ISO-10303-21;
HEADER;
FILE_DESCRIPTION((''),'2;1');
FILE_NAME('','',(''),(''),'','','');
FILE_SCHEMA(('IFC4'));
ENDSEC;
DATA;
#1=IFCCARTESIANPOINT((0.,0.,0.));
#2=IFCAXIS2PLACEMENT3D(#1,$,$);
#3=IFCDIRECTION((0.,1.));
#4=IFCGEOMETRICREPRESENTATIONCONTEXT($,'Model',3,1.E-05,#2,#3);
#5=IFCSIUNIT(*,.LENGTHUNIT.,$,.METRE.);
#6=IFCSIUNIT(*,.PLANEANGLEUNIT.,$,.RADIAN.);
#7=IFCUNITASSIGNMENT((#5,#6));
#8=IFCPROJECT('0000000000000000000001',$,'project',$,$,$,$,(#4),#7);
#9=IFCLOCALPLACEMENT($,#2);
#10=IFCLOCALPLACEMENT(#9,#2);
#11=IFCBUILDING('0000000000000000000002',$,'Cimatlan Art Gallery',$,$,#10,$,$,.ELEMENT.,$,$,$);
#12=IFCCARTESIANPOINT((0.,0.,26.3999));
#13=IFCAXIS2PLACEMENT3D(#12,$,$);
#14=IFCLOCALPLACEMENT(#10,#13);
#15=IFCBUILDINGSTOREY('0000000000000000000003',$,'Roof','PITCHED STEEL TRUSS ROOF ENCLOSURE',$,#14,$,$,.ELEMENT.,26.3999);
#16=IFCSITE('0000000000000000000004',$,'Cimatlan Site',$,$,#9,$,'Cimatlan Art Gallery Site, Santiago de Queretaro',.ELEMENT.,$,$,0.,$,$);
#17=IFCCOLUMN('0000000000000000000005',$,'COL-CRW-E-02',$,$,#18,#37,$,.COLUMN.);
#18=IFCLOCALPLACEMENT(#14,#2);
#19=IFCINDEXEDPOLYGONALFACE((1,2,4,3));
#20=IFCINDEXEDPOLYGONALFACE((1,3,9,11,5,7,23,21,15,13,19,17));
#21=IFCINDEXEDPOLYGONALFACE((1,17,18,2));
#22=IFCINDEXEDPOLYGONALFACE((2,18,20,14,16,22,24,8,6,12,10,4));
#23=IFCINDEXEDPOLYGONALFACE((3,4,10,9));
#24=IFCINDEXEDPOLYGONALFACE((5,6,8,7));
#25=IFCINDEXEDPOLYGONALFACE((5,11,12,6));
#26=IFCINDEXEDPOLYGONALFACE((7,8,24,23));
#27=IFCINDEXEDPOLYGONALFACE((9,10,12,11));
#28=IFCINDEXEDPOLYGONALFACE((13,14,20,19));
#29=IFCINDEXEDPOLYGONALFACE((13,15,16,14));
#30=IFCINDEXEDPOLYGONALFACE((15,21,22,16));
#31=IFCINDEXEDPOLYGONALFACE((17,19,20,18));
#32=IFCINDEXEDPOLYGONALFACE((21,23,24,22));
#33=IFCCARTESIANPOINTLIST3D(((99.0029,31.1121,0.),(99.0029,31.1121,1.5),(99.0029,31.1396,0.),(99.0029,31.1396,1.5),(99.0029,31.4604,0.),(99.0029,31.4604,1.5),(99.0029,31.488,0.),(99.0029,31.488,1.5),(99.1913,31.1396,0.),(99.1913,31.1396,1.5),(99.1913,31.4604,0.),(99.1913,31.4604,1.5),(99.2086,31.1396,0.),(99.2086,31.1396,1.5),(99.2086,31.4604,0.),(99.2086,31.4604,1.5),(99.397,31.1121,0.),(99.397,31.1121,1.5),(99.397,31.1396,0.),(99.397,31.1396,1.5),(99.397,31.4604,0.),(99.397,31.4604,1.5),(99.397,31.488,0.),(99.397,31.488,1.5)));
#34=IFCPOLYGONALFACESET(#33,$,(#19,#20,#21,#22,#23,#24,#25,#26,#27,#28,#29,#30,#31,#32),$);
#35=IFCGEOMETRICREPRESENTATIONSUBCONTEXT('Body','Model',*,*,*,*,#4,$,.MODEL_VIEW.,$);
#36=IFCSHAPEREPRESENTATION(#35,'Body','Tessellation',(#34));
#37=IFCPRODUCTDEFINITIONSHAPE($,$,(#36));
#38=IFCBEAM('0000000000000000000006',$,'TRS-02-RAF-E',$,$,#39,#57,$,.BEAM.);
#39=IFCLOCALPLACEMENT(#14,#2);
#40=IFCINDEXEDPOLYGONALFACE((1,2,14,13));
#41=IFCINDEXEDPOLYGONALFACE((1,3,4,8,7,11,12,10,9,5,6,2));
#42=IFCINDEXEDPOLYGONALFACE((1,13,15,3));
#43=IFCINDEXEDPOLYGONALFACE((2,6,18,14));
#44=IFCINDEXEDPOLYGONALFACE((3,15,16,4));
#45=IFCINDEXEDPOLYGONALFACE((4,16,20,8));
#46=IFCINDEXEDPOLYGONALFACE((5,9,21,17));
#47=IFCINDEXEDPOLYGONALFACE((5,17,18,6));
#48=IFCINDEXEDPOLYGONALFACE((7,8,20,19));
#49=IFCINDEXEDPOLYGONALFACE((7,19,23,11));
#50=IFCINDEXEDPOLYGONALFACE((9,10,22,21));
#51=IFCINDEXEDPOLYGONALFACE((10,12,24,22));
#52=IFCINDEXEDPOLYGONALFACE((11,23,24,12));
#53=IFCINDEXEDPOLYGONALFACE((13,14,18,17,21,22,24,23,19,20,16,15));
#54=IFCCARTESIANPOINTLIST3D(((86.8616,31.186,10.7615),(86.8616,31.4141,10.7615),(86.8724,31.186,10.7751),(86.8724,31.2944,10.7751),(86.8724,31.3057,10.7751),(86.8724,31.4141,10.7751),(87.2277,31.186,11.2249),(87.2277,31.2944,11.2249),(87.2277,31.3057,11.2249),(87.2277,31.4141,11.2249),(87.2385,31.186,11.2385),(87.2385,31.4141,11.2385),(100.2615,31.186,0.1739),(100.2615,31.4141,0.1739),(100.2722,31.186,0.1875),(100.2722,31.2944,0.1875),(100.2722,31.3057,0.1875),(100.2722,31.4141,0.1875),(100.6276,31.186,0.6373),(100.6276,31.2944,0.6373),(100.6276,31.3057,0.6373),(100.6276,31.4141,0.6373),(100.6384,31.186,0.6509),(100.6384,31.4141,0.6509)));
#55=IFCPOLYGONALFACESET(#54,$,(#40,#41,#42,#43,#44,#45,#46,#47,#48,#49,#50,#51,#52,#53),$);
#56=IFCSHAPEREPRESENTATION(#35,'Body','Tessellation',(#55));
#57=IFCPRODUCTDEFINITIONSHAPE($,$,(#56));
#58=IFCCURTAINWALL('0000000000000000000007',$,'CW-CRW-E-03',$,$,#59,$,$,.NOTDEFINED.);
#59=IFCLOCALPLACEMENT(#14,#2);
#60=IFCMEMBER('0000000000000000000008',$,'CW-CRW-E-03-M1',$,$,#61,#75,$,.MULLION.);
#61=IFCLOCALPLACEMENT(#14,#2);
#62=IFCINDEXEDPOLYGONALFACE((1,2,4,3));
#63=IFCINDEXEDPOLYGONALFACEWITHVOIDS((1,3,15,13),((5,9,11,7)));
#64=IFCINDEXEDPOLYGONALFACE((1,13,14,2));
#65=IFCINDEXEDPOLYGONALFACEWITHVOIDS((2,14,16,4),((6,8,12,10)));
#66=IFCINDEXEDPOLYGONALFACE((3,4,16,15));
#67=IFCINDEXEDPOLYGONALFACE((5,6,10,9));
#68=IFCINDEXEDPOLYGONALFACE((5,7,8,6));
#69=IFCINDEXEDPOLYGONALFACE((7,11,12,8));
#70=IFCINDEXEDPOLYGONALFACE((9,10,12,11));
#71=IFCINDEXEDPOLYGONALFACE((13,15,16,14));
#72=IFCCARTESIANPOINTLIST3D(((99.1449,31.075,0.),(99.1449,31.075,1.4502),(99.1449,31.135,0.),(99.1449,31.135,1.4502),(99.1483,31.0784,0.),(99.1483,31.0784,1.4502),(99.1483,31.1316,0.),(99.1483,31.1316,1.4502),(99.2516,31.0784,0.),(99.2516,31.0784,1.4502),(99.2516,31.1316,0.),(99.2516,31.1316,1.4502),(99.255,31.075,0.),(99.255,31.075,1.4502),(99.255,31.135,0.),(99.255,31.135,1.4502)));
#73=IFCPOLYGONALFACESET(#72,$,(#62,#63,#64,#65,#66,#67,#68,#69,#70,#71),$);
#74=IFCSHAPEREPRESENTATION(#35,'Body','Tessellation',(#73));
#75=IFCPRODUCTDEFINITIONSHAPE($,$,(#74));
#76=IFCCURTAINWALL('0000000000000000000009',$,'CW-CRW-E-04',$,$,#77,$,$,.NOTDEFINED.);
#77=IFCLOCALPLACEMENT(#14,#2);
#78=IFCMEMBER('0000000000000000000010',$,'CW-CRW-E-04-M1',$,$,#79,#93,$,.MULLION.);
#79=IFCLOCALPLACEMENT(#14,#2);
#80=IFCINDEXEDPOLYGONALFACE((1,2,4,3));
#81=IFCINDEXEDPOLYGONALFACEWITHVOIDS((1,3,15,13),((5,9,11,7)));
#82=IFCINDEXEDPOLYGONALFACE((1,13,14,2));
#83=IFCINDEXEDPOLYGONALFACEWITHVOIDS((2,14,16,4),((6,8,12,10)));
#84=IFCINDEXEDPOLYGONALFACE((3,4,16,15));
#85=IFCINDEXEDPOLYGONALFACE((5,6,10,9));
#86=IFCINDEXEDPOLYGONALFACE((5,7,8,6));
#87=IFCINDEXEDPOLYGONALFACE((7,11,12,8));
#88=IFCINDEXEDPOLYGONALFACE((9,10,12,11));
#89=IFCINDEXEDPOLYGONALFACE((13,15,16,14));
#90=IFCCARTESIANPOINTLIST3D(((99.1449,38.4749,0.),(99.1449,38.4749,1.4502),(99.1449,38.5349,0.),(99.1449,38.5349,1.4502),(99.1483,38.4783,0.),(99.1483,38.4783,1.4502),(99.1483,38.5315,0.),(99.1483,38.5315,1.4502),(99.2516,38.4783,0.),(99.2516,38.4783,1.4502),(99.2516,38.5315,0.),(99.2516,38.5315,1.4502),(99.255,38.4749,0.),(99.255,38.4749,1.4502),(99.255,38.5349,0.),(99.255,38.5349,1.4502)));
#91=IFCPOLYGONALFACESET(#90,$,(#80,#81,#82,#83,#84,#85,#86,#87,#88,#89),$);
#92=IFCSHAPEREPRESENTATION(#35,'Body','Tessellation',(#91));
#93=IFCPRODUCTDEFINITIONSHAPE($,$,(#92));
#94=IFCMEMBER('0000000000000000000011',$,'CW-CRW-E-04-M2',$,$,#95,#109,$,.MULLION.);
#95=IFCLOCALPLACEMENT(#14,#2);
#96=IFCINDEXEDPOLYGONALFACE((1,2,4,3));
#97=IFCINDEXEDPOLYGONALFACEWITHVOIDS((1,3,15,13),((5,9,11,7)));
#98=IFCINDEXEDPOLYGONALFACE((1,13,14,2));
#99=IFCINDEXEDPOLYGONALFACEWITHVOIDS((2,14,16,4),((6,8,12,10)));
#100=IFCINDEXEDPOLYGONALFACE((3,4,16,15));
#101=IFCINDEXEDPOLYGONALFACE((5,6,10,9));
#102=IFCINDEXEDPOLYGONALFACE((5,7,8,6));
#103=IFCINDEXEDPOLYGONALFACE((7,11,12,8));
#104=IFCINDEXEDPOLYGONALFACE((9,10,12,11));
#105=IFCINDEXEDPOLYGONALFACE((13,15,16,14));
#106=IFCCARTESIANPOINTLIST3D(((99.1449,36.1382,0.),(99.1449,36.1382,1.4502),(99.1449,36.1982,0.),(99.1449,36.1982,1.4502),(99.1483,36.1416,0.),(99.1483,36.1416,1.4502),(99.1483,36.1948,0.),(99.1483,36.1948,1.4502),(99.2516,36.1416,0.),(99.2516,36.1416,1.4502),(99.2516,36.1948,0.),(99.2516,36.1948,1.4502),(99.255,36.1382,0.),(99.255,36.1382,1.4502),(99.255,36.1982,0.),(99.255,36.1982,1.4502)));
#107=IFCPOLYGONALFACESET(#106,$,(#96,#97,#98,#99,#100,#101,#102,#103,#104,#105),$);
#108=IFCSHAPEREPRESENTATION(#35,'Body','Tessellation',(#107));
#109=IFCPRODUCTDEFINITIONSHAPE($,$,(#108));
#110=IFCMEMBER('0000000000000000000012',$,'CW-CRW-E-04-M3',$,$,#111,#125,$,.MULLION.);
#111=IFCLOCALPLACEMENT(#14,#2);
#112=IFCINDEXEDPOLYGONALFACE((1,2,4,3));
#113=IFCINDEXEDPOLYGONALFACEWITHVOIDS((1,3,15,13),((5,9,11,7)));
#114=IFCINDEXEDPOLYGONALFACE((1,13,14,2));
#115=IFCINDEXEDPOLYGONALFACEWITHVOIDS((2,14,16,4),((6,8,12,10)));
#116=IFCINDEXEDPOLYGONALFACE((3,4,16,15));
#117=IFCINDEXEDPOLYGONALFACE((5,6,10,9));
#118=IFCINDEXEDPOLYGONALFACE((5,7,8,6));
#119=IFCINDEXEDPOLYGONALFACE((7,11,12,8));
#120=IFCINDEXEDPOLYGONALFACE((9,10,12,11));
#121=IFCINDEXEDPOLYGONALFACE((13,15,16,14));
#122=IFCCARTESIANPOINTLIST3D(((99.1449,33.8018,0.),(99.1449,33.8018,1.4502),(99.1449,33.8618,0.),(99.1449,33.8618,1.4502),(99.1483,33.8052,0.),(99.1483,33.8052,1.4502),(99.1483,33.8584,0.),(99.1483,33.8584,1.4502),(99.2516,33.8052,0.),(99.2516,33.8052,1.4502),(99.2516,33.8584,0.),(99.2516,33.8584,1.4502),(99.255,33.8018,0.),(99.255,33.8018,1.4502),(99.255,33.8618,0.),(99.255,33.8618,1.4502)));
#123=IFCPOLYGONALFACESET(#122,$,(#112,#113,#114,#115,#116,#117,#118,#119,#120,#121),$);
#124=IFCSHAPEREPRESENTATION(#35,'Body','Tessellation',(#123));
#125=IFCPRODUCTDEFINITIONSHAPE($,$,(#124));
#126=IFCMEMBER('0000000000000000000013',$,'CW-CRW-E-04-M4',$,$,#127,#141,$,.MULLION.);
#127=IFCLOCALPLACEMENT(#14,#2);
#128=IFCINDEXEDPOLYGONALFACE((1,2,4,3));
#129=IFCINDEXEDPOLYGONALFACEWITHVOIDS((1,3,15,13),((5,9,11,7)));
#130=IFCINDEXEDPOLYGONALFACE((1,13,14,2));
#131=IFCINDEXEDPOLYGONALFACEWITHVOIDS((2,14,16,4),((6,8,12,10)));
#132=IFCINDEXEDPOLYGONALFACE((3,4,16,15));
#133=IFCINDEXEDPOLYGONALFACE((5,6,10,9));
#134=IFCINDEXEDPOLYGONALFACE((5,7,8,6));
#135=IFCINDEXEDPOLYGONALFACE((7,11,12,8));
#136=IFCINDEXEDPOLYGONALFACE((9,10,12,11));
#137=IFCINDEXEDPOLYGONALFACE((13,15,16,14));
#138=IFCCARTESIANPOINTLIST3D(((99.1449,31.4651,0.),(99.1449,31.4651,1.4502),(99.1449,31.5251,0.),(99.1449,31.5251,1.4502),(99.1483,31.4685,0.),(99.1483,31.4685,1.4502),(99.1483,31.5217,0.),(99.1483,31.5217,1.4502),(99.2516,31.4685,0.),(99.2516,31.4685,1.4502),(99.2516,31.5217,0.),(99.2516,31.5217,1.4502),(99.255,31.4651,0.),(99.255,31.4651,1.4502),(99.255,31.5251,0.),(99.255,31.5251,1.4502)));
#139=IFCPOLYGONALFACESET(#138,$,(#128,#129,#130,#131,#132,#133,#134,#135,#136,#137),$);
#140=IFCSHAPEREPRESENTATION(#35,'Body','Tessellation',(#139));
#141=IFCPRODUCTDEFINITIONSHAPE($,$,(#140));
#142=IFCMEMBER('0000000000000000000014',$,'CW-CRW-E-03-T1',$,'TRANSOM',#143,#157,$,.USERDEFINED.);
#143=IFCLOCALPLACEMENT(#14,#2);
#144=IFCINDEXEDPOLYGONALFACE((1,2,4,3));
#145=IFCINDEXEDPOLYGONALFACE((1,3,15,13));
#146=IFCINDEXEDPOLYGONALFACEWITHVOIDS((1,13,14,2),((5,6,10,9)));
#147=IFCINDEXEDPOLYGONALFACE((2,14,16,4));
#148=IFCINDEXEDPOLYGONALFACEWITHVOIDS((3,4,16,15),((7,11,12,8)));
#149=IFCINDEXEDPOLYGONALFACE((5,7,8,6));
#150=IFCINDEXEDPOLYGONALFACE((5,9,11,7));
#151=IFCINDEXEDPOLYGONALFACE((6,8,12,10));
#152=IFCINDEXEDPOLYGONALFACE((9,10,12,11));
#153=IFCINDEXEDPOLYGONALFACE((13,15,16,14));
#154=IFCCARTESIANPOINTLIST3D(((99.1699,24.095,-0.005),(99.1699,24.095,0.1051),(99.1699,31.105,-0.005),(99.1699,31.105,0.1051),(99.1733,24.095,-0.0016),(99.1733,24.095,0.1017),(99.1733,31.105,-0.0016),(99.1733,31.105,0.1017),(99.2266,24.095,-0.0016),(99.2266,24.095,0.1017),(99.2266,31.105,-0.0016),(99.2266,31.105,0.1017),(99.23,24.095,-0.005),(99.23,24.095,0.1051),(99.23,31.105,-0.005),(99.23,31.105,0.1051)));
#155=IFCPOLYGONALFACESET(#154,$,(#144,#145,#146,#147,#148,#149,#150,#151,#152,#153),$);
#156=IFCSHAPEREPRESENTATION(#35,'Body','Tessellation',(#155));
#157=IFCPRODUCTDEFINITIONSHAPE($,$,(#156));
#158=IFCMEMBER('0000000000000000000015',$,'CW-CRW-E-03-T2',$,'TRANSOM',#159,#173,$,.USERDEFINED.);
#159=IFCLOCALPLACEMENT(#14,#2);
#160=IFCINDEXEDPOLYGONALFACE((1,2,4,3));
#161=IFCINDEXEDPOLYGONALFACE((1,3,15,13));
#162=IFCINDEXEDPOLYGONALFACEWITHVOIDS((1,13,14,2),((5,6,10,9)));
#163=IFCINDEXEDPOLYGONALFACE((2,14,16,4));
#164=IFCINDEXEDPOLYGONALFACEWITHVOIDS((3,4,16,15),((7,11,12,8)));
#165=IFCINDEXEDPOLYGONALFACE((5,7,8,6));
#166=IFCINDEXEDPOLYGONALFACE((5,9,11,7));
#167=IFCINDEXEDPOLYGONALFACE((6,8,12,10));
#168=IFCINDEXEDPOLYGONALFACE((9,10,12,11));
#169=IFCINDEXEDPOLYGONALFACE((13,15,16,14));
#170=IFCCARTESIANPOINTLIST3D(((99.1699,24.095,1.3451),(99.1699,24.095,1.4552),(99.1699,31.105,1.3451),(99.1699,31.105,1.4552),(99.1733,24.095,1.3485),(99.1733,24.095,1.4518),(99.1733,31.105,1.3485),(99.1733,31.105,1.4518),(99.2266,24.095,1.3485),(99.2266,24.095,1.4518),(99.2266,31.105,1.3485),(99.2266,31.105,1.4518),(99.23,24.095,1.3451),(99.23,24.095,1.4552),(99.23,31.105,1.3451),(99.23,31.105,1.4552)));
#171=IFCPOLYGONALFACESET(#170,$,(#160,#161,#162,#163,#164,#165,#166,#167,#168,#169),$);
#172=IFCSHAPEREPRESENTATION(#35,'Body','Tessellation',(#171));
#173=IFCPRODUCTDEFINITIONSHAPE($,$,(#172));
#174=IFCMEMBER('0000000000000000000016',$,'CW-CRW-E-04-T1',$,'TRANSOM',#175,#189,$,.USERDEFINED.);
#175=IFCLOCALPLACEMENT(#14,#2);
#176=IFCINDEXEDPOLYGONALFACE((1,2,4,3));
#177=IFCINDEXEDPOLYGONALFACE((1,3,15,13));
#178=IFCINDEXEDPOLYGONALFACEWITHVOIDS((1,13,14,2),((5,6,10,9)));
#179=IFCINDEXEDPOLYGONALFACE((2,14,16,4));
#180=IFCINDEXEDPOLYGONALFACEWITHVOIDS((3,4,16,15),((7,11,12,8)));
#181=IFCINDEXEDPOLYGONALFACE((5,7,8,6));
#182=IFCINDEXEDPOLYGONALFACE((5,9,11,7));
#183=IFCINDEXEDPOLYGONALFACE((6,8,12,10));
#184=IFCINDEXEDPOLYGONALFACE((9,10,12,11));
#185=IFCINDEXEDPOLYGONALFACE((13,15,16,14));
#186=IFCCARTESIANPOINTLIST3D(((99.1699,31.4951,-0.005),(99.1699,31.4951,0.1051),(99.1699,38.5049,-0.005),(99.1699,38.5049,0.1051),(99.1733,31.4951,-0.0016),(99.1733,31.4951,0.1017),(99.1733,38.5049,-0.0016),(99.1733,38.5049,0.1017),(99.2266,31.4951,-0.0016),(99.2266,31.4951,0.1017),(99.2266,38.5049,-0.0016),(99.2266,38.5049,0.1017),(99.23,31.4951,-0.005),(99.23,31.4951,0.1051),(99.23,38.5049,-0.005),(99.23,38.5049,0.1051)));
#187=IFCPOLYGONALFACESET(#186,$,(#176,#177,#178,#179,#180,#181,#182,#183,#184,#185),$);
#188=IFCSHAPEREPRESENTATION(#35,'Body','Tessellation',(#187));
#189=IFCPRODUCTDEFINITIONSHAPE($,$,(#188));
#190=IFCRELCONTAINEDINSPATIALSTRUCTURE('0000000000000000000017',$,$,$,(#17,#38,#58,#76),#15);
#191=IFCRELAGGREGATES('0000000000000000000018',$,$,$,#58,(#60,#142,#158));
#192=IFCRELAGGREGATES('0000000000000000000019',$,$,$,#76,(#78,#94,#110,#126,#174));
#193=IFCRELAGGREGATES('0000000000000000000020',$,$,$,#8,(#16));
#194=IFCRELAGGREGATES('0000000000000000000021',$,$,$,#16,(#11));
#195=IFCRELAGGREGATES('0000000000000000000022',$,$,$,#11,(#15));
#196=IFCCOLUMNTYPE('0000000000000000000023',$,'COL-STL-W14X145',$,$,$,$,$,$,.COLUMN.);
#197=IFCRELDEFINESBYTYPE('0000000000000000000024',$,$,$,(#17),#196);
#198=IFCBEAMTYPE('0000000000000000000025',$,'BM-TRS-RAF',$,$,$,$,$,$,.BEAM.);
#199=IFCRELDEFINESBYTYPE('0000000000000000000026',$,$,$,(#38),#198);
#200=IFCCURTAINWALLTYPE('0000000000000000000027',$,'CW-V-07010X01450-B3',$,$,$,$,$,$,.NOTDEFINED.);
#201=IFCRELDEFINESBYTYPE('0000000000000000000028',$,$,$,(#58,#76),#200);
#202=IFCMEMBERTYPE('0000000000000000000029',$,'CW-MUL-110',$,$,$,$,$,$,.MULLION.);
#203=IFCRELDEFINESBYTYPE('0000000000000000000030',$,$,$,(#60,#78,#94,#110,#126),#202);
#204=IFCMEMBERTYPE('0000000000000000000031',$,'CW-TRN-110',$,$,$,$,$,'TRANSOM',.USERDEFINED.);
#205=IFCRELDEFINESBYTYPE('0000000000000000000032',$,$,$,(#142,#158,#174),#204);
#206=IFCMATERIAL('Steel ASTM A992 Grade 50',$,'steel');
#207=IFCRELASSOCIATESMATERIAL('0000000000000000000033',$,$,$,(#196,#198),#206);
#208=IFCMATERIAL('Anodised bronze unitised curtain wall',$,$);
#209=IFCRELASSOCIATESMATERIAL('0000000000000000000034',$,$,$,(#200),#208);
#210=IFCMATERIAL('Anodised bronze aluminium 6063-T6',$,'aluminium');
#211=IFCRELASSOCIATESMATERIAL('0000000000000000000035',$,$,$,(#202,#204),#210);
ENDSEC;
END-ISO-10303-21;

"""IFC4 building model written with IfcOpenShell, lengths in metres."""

from ifc_helpers import new_model, si_unit, direction, frame, origin, origin_2d, place, context, subcontext, project, spatial, hollow_rectangle, i_section, extrude, material, material_profile, profile_set, type_object, element, aggregate, save


model = new_model("IFC4")

# Units and contexts
model_context = context("Model", 3, precision=1e-05, world=origin(), true_north=direction((0.0, 1.0)))
body_context = subcontext(model_context, "Body", "Model", "MODEL_VIEW")
ifc_project = project(units=[si_unit("LENGTHUNIT", "METRE"), si_unit("PLANEANGLEUNIT", "RADIAN")], contexts=[model_context])

# Site, building, storey
site_placement = place(None, origin())
site = spatial("IfcSite", under=ifc_project, at=site_placement, Name="Cimatlan Site", LongName="Cimatlan Art Gallery Site, Santiago de Queretaro", CompositionType="ELEMENT", RefElevation=0.0)
building_placement = place(site_placement, origin())
building = spatial("IfcBuilding", under=site, at=building_placement, Name="Cimatlan Art Gallery", CompositionType="ELEMENT")
storey_placement = place(building_placement, frame((0.0, 0.0, 26.3999)))
storey = spatial("IfcBuildingStorey", under=building, at=storey_placement, Name="Roof", Description="PITCHED STEEL TRUSS ROOF ENCLOSURE", CompositionType="ELEMENT", Elevation=26.3999)

# Column
ifc_material_1 = material(Name="Steel ASTM A992 Grade 50", Category="steel")
ifc_material_profile_1 = material_profile(ifc_material_1, i_section(OverallWidth=0.394, OverallDepth=0.376, WebThickness=0.0173, FlangeThickness=0.0276, at=origin_2d()), Name="W14X145")
ifc_profile_set_1 = profile_set([ifc_material_profile_1], Name="Steel ASTM A992 Grade 50")
column_type = type_object("IfcColumnType", Name="COL-STL-W14X145", PredefinedType="COLUMN", material=ifc_profile_set_1)
column_placement = place(storey_placement, frame((99.2, 31.3, 0.0), z_axis=(0.0, 0.0, 1.0), x_axis=(1.0, 0.0, 0.0)))
element("IfcColumn", 1, at=column_placement, inside=storey, type_object=column_type, Name="COL-CRW-E-02", PredefinedType="COLUMN", context=body_context, shape_type="SweptSolid", body=[
    extrude(i_section(OverallWidth=0.394, OverallDepth=0.376, WebThickness=0.0173, FlangeThickness=0.0276, at=origin_2d()), origin(), (0.0, 0.0, 1.0), 1.5),
])

# Beam
ifc_material_profile_2 = material_profile(ifc_material_1, i_section(OverallWidth=0.228, OverallDepth=0.6079, WebThickness=0.0112, FlangeThickness=0.0173, at=origin_2d()), Name="W24X76")
ifc_profile_set_2 = profile_set([ifc_material_profile_2], Name="Steel ASTM A992 Grade 50")
beam_type = type_object("IfcBeamType", Name="BM-TRS-RAF", PredefinedType="BEAM", material=ifc_profile_set_2)
beam_placement = place(storey_placement, frame((87.05, 31.3, 11.0), z_axis=(0.784633, 0.0, -0.619961), x_axis=(0.0, 1.0, 0.0)))
element("IfcBeam", 2, at=beam_placement, inside=storey, type_object=beam_type, Name="TRS-02-RAF-E", PredefinedType="BEAM", context=body_context, shape_type="SweptSolid", body=[
    extrude(i_section(OverallWidth=0.228, OverallDepth=0.6079, WebThickness=0.0112, FlangeThickness=0.0173, at=origin_2d()), origin(), (0.0, 0.0, 1.0), 17.0779),
])

# Curtain wall, member
ifc_material_2 = material(Name="Anodised bronze unitised curtain wall")
curtain_wall_type = type_object("IfcCurtainWallType", Name="CW-V-07010X01450-B3", PredefinedType="NOTDEFINED", material=ifc_material_2)
curtain_wall_1_placement = place(storey_placement, origin())
curtain_wall_1 = element("IfcCurtainWall", 3, at=curtain_wall_1_placement, inside=storey, type_object=curtain_wall_type, Name="CW-CRW-E-03", PredefinedType="NOTDEFINED")
ifc_material_3 = material(Name="Anodised bronze aluminium 6063-T6", Category="aluminium")
ifc_material_profile_3 = material_profile(ifc_material_3, hollow_rectangle(XDim=0.0601, YDim=0.1101, WallThickness=0.0034, at=origin_2d()), Name="ALU60X110X3")
ifc_profile_set_3 = profile_set([ifc_material_profile_3], Name="Anodised bronze aluminium 6063-T6")
member_type_1 = type_object("IfcMemberType", Name="CW-MUL-110", PredefinedType="MULLION", material=ifc_profile_set_3)
member_1_placement = place(storey_placement, frame((99.2, 31.105, 0.0), z_axis=(0.0, 0.0, 1.0), x_axis=(0.0, 1.0, 0.0)))
member_1 = element("IfcMember", 4, at=member_1_placement, type_object=member_type_1, Name="CW-CRW-E-03-M1", PredefinedType="MULLION", context=body_context, shape_type="SweptSolid", body=[
    extrude(hollow_rectangle(XDim=0.0601, YDim=0.1101, WallThickness=0.0034, at=origin_2d()), origin(), (0.0, 0.0, 1.0), 1.4502),
])

# Curtain wall, members
curtain_wall_2_placement = place(storey_placement, origin())
curtain_wall_2 = element("IfcCurtainWall", 5, at=curtain_wall_2_placement, inside=storey, type_object=curtain_wall_type, Name="CW-CRW-E-04", PredefinedType="NOTDEFINED")
member_2_placement = place(storey_placement, frame((99.2, 38.5049, 0.0), z_axis=(0.0, 0.0, 1.0), x_axis=(0.0, 1.0, 0.0)))
member_2 = element("IfcMember", 6, at=member_2_placement, type_object=member_type_1, Name="CW-CRW-E-04-M1", PredefinedType="MULLION", context=body_context, shape_type="SweptSolid", body=[
    extrude(hollow_rectangle(XDim=0.0601, YDim=0.1101, WallThickness=0.0034, at=origin_2d()), origin(), (0.0, 0.0, 1.0), 1.4502),
])
member_3_placement = place(storey_placement, frame((99.2, 36.1682, 0.0), z_axis=(0.0, 0.0, 1.0), x_axis=(0.0, 1.0, 0.0)))
member_3 = element("IfcMember", 7, at=member_3_placement, type_object=member_type_1, Name="CW-CRW-E-04-M2", PredefinedType="MULLION", context=body_context, shape_type="SweptSolid", body=[
    extrude(hollow_rectangle(XDim=0.0601, YDim=0.1101, WallThickness=0.0034, at=origin_2d()), origin(), (0.0, 0.0, 1.0), 1.4502),
])
member_4_placement = place(storey_placement, frame((99.2, 33.8318, 0.0), z_axis=(0.0, 0.0, 1.0), x_axis=(0.0, 1.0, 0.0)))
member_4 = element("IfcMember", 8, at=member_4_placement, type_object=member_type_1, Name="CW-CRW-E-04-M3", PredefinedType="MULLION", context=body_context, shape_type="SweptSolid", body=[
    extrude(hollow_rectangle(XDim=0.0601, YDim=0.1101, WallThickness=0.0034, at=origin_2d()), origin(), (0.0, 0.0, 1.0), 1.4502),
])
member_5_placement = place(storey_placement, frame((99.2, 31.4951, 0.0), z_axis=(0.0, 0.0, 1.0), x_axis=(0.0, 1.0, 0.0)))
member_5 = element("IfcMember", 9, at=member_5_placement, type_object=member_type_1, Name="CW-CRW-E-04-M4", PredefinedType="MULLION", context=body_context, shape_type="SweptSolid", body=[
    extrude(hollow_rectangle(XDim=0.0601, YDim=0.1101, WallThickness=0.0034, at=origin_2d()), origin(), (0.0, 0.0, 1.0), 1.4502),
])

# Members
ifc_material_profile_4 = material_profile(ifc_material_3, hollow_rectangle(XDim=0.0601, YDim=0.1101, WallThickness=0.0034, at=origin_2d()), Name="ALU60X110X3")
ifc_profile_set_4 = profile_set([ifc_material_profile_4], Name="Anodised bronze aluminium 6063-T6")
member_type_2 = type_object("IfcMemberType", Name="CW-TRN-110", ElementType="TRANSOM", PredefinedType="USERDEFINED", material=ifc_profile_set_4)
member_6_placement = place(storey_placement, frame((99.2, 31.105, 0.05), z_axis=(0.0, -1.0, 0.0), x_axis=(1.0, 0.0, 0.0)))
member_6 = element("IfcMember", 10, at=member_6_placement, type_object=member_type_2, Name="CW-CRW-E-03-T1", ObjectType="TRANSOM", PredefinedType="USERDEFINED", context=body_context, shape_type="SweptSolid", body=[
    extrude(hollow_rectangle(XDim=0.0601, YDim=0.1101, WallThickness=0.0034, at=origin_2d()), origin(), (0.0, 0.0, 1.0), 7.01),
])
member_7_placement = place(storey_placement, frame((99.2, 31.105, 1.4001), z_axis=(0.0, -1.0, 0.0), x_axis=(1.0, 0.0, 0.0)))
member_7 = element("IfcMember", 11, at=member_7_placement, type_object=member_type_2, Name="CW-CRW-E-03-T2", ObjectType="TRANSOM", PredefinedType="USERDEFINED", context=body_context, shape_type="SweptSolid", body=[
    extrude(hollow_rectangle(XDim=0.0601, YDim=0.1101, WallThickness=0.0034, at=origin_2d()), origin(), (0.0, 0.0, 1.0), 7.01),
])
aggregate(curtain_wall_1, [member_1, member_6, member_7])
member_8_placement = place(storey_placement, frame((99.2, 38.5049, 0.05), z_axis=(0.0, -1.0, 0.0), x_axis=(1.0, 0.0, 0.0)))
member_8 = element("IfcMember", 12, at=member_8_placement, type_object=member_type_2, Name="CW-CRW-E-04-T1", ObjectType="TRANSOM", PredefinedType="USERDEFINED", context=body_context, shape_type="SweptSolid", body=[
    extrude(hollow_rectangle(XDim=0.0601, YDim=0.1101, WallThickness=0.0034, at=origin_2d()), origin(), (0.0, 0.0, 1.0), 7.0098),
])

aggregate(curtain_wall_2, [member_2, member_3, member_4, member_5, member_8])

save(model, "model.ifc")
